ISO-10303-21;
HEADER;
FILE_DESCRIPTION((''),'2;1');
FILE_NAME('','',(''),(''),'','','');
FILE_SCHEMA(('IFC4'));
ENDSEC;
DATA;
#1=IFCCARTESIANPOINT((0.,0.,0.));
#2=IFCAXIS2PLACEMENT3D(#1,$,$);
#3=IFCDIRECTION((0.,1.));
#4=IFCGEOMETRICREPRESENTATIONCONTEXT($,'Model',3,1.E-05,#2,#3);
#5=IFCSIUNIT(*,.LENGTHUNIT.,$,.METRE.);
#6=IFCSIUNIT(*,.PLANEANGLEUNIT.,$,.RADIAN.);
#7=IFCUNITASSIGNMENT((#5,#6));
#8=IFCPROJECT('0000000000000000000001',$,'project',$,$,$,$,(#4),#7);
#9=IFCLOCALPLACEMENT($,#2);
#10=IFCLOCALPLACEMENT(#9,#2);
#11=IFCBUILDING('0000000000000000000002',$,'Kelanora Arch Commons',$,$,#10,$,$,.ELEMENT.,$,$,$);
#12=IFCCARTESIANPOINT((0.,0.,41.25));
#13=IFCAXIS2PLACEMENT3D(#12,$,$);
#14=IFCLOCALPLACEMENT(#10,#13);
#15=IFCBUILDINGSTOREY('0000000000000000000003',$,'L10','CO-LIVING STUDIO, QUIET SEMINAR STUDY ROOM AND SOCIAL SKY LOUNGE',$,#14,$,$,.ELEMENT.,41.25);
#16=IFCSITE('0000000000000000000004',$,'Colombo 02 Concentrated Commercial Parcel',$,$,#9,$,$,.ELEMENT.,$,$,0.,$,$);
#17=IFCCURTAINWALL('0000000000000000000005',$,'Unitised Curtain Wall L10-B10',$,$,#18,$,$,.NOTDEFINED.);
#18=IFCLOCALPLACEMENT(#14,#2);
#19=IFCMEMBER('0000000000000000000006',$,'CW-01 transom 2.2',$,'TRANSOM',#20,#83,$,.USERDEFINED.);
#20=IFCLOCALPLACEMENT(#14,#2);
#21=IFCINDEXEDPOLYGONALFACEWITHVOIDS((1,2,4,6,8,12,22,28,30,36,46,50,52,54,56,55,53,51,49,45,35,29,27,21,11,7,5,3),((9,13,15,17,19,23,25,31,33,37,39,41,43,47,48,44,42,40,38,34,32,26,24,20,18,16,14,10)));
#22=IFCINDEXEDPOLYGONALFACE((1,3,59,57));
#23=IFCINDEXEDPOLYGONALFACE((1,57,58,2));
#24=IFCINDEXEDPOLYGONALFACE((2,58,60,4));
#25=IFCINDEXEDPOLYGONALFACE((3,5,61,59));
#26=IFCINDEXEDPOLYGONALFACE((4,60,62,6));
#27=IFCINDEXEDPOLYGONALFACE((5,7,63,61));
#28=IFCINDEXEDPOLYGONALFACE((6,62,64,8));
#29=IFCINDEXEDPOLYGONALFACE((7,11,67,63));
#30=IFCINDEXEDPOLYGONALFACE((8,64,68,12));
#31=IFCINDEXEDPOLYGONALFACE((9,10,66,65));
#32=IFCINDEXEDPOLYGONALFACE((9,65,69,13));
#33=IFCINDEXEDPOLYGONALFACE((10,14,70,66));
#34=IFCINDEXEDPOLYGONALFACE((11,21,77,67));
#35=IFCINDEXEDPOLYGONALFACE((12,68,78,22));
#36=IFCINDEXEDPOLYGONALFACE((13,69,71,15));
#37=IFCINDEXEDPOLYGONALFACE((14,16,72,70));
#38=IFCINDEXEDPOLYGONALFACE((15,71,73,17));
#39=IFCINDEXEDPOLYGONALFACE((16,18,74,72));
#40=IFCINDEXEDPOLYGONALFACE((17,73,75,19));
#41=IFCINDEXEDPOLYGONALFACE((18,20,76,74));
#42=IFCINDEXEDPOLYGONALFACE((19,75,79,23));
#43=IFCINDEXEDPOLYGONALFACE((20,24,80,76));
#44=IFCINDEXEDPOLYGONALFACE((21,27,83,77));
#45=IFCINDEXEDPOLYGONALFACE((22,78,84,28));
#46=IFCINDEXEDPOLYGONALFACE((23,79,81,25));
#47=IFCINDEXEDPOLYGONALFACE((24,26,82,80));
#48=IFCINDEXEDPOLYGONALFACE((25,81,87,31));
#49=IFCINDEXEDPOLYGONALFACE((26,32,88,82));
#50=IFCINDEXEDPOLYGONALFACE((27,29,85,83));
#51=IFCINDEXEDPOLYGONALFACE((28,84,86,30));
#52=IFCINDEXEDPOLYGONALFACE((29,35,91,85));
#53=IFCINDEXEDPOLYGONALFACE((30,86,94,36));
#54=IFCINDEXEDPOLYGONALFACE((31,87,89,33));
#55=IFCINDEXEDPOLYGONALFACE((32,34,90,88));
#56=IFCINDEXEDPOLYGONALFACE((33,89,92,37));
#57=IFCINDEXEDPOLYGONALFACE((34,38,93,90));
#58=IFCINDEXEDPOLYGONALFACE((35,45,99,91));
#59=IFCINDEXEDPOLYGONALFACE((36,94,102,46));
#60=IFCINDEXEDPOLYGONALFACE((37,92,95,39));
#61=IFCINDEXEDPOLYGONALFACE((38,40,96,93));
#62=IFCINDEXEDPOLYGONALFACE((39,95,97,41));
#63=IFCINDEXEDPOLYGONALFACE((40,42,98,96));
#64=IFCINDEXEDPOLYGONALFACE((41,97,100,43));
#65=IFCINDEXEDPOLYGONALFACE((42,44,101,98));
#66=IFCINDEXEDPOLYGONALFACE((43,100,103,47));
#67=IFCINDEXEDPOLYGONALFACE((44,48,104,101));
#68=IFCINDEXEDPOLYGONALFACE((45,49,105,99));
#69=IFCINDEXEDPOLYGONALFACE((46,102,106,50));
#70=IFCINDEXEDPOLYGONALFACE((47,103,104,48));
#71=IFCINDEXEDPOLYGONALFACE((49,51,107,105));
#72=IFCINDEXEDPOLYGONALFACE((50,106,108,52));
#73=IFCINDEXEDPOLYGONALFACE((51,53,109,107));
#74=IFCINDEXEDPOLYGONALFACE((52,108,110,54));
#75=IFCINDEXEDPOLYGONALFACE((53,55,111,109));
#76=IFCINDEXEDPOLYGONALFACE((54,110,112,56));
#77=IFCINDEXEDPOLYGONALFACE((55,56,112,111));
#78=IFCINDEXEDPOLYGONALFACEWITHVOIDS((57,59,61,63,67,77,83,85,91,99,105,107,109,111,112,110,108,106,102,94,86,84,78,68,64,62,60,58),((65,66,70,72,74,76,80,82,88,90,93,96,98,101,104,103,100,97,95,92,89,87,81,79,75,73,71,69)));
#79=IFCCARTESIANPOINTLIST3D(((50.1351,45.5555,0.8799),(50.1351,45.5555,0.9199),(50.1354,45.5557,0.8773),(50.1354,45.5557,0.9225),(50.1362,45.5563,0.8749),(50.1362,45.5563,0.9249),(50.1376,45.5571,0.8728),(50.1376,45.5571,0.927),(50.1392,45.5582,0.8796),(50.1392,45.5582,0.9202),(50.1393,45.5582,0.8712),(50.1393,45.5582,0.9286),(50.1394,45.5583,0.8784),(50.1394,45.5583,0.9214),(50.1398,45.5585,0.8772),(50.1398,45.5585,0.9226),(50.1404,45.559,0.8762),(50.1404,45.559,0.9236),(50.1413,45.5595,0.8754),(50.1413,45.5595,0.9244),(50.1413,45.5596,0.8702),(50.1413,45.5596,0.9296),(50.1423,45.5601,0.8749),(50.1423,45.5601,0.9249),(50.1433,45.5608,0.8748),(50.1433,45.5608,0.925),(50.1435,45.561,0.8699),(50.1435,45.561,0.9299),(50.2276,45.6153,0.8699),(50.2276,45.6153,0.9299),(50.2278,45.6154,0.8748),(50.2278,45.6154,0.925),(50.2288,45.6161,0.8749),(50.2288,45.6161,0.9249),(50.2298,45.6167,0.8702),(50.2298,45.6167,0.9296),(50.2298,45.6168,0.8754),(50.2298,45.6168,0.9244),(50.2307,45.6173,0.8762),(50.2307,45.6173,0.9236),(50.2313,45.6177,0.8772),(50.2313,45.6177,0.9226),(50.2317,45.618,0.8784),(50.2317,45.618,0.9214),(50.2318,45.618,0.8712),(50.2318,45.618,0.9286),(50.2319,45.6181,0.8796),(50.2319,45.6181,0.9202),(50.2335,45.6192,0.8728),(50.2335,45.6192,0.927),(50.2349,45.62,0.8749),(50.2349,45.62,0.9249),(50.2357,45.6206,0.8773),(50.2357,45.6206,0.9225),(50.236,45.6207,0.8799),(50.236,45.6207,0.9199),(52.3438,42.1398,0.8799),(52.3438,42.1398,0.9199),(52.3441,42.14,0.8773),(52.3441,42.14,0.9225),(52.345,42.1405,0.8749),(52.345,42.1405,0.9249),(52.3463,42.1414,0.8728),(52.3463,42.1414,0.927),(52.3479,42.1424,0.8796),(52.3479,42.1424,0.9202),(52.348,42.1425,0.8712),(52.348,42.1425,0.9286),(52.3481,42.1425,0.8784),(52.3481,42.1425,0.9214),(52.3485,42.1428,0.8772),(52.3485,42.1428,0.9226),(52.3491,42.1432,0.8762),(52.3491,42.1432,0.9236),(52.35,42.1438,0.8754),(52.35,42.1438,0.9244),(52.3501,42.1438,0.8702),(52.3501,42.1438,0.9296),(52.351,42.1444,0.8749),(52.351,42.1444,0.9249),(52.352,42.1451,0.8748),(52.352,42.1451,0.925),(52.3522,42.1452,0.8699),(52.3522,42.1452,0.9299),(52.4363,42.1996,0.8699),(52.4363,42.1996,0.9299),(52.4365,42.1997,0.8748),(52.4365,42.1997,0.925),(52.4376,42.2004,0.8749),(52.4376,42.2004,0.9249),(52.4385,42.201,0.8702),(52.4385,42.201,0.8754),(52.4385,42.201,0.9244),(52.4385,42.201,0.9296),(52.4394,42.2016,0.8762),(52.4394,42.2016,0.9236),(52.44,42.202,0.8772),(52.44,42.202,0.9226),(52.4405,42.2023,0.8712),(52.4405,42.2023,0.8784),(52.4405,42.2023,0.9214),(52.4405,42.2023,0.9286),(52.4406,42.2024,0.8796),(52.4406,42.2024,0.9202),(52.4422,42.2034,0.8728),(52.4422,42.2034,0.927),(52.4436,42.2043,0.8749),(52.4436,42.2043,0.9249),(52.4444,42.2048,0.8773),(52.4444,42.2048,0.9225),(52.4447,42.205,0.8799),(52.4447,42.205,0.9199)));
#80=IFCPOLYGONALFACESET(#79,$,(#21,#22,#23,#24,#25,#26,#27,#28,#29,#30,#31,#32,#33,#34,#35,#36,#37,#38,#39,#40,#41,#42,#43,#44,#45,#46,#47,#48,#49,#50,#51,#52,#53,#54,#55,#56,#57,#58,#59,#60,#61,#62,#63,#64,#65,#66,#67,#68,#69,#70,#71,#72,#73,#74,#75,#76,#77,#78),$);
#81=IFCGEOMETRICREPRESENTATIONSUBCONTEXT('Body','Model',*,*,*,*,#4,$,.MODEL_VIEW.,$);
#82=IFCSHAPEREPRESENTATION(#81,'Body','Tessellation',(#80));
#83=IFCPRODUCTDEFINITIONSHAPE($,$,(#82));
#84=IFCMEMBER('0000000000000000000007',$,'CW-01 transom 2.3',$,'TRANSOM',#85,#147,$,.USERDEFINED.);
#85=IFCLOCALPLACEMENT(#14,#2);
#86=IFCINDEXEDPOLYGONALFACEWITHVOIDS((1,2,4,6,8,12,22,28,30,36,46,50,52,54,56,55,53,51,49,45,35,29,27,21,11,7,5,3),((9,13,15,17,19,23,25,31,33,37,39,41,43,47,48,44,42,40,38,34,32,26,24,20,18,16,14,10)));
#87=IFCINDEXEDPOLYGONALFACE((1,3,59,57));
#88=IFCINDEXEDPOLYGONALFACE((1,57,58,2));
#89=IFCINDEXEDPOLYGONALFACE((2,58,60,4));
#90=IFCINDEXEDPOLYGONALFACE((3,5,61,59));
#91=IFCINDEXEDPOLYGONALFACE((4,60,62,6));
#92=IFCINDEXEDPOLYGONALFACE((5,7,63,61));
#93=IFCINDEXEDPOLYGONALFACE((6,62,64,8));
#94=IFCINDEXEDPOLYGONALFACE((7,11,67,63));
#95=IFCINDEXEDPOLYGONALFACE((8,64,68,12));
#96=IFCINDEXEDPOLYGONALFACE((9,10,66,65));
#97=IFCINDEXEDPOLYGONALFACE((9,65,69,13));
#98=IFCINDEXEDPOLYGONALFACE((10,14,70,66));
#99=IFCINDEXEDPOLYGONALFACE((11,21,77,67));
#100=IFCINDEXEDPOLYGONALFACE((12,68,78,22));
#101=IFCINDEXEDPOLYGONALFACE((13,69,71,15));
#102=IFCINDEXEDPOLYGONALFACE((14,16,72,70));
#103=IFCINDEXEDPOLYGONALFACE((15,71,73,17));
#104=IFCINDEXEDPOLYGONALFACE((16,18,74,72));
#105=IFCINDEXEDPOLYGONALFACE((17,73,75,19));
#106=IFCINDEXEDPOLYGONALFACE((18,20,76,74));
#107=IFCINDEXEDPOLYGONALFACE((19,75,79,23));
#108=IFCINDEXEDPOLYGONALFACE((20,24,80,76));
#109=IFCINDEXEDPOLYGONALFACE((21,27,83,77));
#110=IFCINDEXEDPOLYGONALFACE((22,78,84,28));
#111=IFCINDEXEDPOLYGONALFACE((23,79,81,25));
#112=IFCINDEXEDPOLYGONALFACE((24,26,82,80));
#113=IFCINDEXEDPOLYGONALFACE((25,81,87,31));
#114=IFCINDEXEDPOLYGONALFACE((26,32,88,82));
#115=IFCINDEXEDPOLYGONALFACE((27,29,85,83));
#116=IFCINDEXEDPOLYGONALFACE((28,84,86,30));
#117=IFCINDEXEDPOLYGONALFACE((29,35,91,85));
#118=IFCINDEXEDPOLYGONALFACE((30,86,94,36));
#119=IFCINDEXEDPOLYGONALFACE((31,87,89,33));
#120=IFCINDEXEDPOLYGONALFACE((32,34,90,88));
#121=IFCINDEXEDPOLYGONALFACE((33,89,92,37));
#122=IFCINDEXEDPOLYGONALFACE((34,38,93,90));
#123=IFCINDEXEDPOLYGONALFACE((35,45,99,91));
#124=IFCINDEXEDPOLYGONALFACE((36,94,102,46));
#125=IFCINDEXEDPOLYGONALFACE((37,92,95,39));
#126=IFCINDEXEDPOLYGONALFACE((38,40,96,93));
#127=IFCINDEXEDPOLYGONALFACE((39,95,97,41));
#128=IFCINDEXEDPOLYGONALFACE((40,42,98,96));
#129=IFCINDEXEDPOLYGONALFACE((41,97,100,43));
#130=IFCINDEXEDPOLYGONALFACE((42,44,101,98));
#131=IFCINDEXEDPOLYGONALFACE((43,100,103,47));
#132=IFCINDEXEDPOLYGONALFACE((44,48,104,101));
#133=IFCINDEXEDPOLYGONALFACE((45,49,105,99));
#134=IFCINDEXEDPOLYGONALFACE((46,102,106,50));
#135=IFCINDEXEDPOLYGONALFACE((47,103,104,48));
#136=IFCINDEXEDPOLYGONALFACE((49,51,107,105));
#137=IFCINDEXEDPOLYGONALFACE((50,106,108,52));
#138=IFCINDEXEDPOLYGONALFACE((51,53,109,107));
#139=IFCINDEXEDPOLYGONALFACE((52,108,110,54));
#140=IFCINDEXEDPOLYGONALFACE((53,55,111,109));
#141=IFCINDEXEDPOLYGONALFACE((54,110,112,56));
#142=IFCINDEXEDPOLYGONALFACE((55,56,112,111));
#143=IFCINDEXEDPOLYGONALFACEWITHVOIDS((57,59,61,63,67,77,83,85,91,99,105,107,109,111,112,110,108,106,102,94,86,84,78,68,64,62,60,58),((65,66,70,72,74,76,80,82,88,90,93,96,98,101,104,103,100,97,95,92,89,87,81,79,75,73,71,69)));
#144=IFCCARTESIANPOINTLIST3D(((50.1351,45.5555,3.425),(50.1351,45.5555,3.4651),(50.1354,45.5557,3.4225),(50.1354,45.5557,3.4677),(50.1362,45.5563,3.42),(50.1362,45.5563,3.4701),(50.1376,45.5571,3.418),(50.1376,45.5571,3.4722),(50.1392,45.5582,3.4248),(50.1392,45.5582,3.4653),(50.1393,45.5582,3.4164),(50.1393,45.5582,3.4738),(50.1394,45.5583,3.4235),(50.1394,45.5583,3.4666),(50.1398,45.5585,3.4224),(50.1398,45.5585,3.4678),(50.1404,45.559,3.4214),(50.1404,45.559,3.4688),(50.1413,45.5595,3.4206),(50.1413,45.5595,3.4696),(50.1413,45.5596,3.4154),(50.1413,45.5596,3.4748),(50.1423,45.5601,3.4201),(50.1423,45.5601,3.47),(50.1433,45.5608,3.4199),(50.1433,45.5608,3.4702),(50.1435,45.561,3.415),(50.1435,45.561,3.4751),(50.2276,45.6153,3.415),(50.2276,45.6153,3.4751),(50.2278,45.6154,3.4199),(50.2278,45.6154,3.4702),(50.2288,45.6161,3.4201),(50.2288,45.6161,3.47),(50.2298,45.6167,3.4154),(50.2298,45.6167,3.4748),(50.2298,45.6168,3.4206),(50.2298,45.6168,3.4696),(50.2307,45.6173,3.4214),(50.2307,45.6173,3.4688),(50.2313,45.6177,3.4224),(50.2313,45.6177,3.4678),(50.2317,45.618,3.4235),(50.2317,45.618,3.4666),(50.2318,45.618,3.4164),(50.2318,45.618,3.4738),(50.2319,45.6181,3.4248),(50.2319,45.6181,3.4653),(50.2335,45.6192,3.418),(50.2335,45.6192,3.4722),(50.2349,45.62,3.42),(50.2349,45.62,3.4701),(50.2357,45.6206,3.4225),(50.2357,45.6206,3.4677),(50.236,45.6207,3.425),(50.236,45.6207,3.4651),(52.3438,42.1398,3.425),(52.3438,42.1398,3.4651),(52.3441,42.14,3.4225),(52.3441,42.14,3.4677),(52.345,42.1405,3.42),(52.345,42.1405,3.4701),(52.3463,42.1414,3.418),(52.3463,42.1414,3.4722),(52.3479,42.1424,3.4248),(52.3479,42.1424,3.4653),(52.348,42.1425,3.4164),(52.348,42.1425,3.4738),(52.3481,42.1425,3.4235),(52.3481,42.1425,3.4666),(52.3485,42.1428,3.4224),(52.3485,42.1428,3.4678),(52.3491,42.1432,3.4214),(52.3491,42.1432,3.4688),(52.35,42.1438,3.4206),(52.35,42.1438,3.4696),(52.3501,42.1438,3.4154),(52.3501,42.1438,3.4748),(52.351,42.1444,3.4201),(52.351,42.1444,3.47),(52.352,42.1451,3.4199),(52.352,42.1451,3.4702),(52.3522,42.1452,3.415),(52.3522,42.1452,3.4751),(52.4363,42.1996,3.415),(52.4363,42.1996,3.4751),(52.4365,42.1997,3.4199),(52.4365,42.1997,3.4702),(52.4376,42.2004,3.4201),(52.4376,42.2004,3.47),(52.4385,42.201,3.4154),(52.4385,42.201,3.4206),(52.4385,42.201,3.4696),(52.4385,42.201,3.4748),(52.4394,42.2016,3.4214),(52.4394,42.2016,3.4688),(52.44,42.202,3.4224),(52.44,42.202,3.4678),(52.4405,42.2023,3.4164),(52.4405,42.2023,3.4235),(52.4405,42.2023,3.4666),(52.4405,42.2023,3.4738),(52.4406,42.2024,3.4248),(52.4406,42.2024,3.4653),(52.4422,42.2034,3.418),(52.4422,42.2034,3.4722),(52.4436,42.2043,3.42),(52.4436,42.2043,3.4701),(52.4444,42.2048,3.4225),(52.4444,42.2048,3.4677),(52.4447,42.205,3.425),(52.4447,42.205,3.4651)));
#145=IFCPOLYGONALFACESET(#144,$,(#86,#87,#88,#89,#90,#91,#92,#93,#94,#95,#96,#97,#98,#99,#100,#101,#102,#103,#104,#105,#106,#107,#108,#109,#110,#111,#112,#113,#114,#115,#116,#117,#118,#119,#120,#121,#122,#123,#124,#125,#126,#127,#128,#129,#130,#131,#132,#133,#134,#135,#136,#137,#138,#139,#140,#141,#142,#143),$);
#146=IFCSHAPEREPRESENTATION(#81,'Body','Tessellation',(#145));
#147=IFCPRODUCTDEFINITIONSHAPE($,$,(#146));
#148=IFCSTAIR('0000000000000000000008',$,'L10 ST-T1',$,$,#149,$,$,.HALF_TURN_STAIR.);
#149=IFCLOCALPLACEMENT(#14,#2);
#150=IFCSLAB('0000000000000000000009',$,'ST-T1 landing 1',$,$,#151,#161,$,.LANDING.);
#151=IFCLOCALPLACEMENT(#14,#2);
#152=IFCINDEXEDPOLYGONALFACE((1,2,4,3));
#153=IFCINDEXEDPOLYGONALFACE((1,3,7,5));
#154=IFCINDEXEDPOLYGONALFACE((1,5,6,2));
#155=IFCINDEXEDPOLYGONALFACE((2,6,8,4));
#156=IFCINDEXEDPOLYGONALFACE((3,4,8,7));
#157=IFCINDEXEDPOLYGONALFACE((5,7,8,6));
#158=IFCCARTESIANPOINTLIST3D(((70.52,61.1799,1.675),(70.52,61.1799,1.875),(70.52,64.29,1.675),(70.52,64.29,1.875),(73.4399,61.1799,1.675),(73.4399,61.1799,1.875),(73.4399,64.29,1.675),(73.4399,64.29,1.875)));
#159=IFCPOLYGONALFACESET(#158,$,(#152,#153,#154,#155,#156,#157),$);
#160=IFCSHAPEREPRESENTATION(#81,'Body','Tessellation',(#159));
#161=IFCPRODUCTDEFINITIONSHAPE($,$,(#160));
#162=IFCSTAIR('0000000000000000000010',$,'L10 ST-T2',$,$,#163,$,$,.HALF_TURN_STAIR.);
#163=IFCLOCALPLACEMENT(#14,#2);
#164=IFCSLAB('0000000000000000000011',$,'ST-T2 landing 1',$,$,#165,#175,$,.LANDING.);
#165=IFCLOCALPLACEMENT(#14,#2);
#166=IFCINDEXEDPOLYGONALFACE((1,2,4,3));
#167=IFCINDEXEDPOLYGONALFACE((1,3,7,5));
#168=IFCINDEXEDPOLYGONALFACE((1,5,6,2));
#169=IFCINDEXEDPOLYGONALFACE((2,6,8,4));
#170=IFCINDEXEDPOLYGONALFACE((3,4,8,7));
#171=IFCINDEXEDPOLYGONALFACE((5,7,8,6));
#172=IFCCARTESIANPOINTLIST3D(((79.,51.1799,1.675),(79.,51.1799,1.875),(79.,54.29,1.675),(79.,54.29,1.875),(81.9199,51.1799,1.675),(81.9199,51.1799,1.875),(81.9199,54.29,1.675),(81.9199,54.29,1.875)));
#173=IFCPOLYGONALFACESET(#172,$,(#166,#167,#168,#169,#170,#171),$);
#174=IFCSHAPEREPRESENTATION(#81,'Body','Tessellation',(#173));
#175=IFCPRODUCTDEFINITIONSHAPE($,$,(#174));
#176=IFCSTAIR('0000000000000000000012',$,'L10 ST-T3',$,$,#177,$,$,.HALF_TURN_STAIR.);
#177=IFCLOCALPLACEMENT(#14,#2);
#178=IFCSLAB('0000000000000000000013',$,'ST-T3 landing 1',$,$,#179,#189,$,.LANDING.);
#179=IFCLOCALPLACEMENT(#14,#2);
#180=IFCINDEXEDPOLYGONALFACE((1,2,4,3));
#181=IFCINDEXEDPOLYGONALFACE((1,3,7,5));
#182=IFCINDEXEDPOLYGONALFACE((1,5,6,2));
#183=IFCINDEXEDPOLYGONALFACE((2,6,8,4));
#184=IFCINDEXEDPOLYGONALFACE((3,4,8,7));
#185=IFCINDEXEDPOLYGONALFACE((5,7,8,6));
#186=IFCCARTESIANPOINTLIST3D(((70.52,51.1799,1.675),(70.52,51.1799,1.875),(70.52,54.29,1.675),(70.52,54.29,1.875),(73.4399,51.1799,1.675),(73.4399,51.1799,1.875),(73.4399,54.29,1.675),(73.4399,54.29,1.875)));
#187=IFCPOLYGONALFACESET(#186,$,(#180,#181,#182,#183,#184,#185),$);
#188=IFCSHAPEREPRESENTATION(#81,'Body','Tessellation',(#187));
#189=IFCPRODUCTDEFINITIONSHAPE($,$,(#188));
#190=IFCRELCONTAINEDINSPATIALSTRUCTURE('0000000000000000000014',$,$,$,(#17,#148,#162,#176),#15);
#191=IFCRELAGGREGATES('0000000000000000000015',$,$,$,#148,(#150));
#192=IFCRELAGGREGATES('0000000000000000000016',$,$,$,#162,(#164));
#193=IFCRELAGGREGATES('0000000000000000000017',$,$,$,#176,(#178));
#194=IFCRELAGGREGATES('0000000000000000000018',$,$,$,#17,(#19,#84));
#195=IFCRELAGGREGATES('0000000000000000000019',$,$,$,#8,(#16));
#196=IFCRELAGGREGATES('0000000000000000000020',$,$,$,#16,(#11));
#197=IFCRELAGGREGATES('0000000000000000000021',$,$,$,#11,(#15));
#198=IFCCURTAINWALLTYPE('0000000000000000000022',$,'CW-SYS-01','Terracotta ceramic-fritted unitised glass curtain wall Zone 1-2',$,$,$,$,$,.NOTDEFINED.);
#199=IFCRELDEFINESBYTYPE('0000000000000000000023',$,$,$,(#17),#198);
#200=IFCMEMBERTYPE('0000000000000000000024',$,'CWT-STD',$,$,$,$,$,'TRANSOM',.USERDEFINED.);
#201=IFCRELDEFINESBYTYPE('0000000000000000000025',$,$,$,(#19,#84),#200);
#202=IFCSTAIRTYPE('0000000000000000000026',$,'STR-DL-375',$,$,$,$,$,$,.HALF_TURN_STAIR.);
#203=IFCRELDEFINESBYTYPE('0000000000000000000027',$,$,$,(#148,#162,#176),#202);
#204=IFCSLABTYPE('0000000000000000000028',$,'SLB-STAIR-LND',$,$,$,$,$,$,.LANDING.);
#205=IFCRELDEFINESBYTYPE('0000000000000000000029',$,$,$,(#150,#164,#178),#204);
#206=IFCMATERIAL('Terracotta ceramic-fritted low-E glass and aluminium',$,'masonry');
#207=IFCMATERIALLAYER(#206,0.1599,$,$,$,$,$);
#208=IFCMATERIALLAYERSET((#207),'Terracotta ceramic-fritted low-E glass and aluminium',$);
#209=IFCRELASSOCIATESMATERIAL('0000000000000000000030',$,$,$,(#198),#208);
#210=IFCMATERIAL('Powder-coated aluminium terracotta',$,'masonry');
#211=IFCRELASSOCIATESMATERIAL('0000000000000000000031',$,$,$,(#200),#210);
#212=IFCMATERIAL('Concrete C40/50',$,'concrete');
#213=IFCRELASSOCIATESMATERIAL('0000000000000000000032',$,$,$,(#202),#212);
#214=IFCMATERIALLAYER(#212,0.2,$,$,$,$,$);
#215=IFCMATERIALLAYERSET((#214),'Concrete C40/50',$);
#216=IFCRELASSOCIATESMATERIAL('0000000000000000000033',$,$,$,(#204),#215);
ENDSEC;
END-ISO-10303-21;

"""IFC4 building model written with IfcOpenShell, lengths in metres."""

from ifc_helpers import new_model, si_unit, direction, frame, origin, origin_2d, place, context, subcontext, project, spatial, polyline, hollow_rectangle, outline, extrude, material, layer, layer_set, material_profile, profile_set, type_object, element, aggregate, save


model = new_model("IFC4")

# Units and contexts
model_context = context("Model", 3, precision=1e-05, world=origin(), true_north=direction((0.0, 1.0)))
body_context = subcontext(model_context, "Body", "Model", "MODEL_VIEW")
ifc_project = project(units=[si_unit("LENGTHUNIT", "METRE"), si_unit("PLANEANGLEUNIT", "RADIAN")], contexts=[model_context])

# Site, building, storey
site_placement = place(None, origin())
site = spatial("IfcSite", under=ifc_project, at=site_placement, Name="Colombo 02 Concentrated Commercial Parcel", CompositionType="ELEMENT", RefElevation=0.0)
building_placement = place(site_placement, origin())
building = spatial("IfcBuilding", under=site, at=building_placement, Name="Kelanora Arch Commons", CompositionType="ELEMENT")
storey_placement = place(building_placement, frame((0.0, 0.0, 41.25)))
storey = spatial("IfcBuildingStorey", under=building, at=storey_placement, Name="L10", Description="CO-LIVING STUDIO, QUIET SEMINAR STUDY ROOM AND SOCIAL SKY LOUNGE", CompositionType="ELEMENT", Elevation=41.25)

# Curtain wall, members
ifc_material_1 = material(Name="Terracotta ceramic-fritted low-E glass and aluminium", Category="masonry")
ifc_layer_1 = layer(ifc_material_1, 0.1599)
ifc_layer_set_1 = layer_set([ifc_layer_1], Name="Terracotta ceramic-fritted low-E glass and aluminium")
curtain_wall_type = type_object("IfcCurtainWallType", Name="CW-SYS-01", Description="Terracotta ceramic-fritted unitised glass curtain wall Zone 1-2", PredefinedType="NOTDEFINED", material=ifc_layer_set_1)
curtain_wall_placement = place(storey_placement, origin())
curtain_wall = element("IfcCurtainWall", 1, at=curtain_wall_placement, inside=storey, type_object=curtain_wall_type, Name="Unitised Curtain Wall L10-B10", PredefinedType="NOTDEFINED")
ifc_material_2 = material(Name="Powder-coated aluminium terracotta", Category="masonry")
ifc_material_profile_1 = material_profile(ifc_material_2, hollow_rectangle(XDim=0.1201, YDim=0.0601, WallThickness=0.0049, InnerFilletRadius=0.0049, OuterFilletRadius=0.01, at=origin_2d()), Name="CWT120x60")
ifc_profile_set_1 = profile_set([ifc_material_profile_1], Name="Powder-coated aluminium terracotta")
member_type_1 = type_object("IfcMemberType", Name="CWT-STD", ElementType="TRANSOM", PredefinedType="USERDEFINED", material=ifc_profile_set_1)
member_1_placement = place(storey_placement, frame((50.1855, 45.5881, 0.8999), z_axis=(0.542997, -0.839734, 0.0), x_axis=(0.839734, 0.542997, 0.0)))
member_1 = element("IfcMember", 2, at=member_1_placement, type_object=member_type_1, Name="CW-01 transom 2.2", ObjectType="TRANSOM", PredefinedType="USERDEFINED", context=body_context, shape_type="SweptSolid", body=[
    extrude(hollow_rectangle(XDim=0.1201, YDim=0.0601, WallThickness=0.0049, InnerFilletRadius=0.0049, OuterFilletRadius=0.01, at=origin_2d()), origin(), (0.0, 0.0, 1.0), 4.0676),
])
member_2_placement = place(storey_placement, frame((50.1855, 45.5881, 3.4451), z_axis=(0.542997, -0.839734, 0.0), x_axis=(0.839734, 0.542997, 0.0)))
member_2 = element("IfcMember", 3, at=member_2_placement, type_object=member_type_1, Name="CW-01 transom 2.3", ObjectType="TRANSOM", PredefinedType="USERDEFINED", context=body_context, shape_type="SweptSolid", body=[
    extrude(hollow_rectangle(XDim=0.1201, YDim=0.0601, WallThickness=0.0049, InnerFilletRadius=0.0049, OuterFilletRadius=0.01, at=origin_2d()), origin(), (0.0, 0.0, 1.0), 4.0676),
])

# Stairs, slabs
ifc_material_3 = material(Name="Concrete C40/50", Category="concrete")
stair_type = type_object("IfcStairType", Name="STR-DL-375", PredefinedType="HALF_TURN_STAIR", material=ifc_material_3)
stair_1_placement = place(storey_placement, origin())
stair_1 = element("IfcStair", 4, at=stair_1_placement, inside=storey, type_object=stair_type, Name="L10 ST-T1", PredefinedType="HALF_TURN_STAIR")
ifc_layer_2 = layer(ifc_material_3, 0.2)
ifc_layer_set_2 = layer_set([ifc_layer_2], Name="Concrete C40/50")
slab_type_1 = type_object("IfcSlabType", Name="SLB-STAIR-LND", PredefinedType="LANDING", material=ifc_layer_set_2)
slab_1_placement = place(storey_placement, frame((0.0, 0.0, 1.675)))
slab_1 = element("IfcSlab", 5, at=slab_1_placement, type_object=slab_type_1, Name="ST-T1 landing 1", PredefinedType="LANDING", context=body_context, shape_type="SweptSolid", body=[
    extrude(outline(polyline([(70.52, 61.1799), (73.4399, 61.1799), (73.4399, 64.29), (70.52, 64.29), (70.52, 61.1799)])), origin(), (0.0, 0.0, 1.0), 0.2),
])
aggregate(stair_1, [slab_1])
stair_2_placement = place(storey_placement, origin())
stair_2 = element("IfcStair", 6, at=stair_2_placement, inside=storey, type_object=stair_type, Name="L10 ST-T2", PredefinedType="HALF_TURN_STAIR")
slab_2_placement = place(storey_placement, frame((0.0, 0.0, 1.675)))
slab_2 = element("IfcSlab", 7, at=slab_2_placement, type_object=slab_type_1, Name="ST-T2 landing 1", PredefinedType="LANDING", context=body_context, shape_type="SweptSolid", body=[
    extrude(outline(polyline([(79.0, 51.1799), (81.9199, 51.1799), (81.9199, 54.29), (79.0, 54.29), (79.0, 51.1799)])), origin(), (0.0, 0.0, 1.0), 0.2),
])
aggregate(stair_2, [slab_2])
stair_3_placement = place(storey_placement, origin())
stair_3 = element("IfcStair", 8, at=stair_3_placement, inside=storey, type_object=stair_type, Name="L10 ST-T3", PredefinedType="HALF_TURN_STAIR")
slab_3_placement = place(storey_placement, frame((0.0, 0.0, 1.675)))
slab_3 = element("IfcSlab", 9, at=slab_3_placement, type_object=slab_type_1, Name="ST-T3 landing 1", PredefinedType="LANDING", context=body_context, shape_type="SweptSolid", body=[
    extrude(outline(polyline([(70.52, 51.1799), (73.4399, 51.1799), (73.4399, 54.29), (70.52, 54.29), (70.52, 51.1799)])), origin(), (0.0, 0.0, 1.0), 0.2),
])
aggregate(stair_3, [slab_3])

aggregate(curtain_wall, [member_1, member_2])

save(model, "model.ifc")
